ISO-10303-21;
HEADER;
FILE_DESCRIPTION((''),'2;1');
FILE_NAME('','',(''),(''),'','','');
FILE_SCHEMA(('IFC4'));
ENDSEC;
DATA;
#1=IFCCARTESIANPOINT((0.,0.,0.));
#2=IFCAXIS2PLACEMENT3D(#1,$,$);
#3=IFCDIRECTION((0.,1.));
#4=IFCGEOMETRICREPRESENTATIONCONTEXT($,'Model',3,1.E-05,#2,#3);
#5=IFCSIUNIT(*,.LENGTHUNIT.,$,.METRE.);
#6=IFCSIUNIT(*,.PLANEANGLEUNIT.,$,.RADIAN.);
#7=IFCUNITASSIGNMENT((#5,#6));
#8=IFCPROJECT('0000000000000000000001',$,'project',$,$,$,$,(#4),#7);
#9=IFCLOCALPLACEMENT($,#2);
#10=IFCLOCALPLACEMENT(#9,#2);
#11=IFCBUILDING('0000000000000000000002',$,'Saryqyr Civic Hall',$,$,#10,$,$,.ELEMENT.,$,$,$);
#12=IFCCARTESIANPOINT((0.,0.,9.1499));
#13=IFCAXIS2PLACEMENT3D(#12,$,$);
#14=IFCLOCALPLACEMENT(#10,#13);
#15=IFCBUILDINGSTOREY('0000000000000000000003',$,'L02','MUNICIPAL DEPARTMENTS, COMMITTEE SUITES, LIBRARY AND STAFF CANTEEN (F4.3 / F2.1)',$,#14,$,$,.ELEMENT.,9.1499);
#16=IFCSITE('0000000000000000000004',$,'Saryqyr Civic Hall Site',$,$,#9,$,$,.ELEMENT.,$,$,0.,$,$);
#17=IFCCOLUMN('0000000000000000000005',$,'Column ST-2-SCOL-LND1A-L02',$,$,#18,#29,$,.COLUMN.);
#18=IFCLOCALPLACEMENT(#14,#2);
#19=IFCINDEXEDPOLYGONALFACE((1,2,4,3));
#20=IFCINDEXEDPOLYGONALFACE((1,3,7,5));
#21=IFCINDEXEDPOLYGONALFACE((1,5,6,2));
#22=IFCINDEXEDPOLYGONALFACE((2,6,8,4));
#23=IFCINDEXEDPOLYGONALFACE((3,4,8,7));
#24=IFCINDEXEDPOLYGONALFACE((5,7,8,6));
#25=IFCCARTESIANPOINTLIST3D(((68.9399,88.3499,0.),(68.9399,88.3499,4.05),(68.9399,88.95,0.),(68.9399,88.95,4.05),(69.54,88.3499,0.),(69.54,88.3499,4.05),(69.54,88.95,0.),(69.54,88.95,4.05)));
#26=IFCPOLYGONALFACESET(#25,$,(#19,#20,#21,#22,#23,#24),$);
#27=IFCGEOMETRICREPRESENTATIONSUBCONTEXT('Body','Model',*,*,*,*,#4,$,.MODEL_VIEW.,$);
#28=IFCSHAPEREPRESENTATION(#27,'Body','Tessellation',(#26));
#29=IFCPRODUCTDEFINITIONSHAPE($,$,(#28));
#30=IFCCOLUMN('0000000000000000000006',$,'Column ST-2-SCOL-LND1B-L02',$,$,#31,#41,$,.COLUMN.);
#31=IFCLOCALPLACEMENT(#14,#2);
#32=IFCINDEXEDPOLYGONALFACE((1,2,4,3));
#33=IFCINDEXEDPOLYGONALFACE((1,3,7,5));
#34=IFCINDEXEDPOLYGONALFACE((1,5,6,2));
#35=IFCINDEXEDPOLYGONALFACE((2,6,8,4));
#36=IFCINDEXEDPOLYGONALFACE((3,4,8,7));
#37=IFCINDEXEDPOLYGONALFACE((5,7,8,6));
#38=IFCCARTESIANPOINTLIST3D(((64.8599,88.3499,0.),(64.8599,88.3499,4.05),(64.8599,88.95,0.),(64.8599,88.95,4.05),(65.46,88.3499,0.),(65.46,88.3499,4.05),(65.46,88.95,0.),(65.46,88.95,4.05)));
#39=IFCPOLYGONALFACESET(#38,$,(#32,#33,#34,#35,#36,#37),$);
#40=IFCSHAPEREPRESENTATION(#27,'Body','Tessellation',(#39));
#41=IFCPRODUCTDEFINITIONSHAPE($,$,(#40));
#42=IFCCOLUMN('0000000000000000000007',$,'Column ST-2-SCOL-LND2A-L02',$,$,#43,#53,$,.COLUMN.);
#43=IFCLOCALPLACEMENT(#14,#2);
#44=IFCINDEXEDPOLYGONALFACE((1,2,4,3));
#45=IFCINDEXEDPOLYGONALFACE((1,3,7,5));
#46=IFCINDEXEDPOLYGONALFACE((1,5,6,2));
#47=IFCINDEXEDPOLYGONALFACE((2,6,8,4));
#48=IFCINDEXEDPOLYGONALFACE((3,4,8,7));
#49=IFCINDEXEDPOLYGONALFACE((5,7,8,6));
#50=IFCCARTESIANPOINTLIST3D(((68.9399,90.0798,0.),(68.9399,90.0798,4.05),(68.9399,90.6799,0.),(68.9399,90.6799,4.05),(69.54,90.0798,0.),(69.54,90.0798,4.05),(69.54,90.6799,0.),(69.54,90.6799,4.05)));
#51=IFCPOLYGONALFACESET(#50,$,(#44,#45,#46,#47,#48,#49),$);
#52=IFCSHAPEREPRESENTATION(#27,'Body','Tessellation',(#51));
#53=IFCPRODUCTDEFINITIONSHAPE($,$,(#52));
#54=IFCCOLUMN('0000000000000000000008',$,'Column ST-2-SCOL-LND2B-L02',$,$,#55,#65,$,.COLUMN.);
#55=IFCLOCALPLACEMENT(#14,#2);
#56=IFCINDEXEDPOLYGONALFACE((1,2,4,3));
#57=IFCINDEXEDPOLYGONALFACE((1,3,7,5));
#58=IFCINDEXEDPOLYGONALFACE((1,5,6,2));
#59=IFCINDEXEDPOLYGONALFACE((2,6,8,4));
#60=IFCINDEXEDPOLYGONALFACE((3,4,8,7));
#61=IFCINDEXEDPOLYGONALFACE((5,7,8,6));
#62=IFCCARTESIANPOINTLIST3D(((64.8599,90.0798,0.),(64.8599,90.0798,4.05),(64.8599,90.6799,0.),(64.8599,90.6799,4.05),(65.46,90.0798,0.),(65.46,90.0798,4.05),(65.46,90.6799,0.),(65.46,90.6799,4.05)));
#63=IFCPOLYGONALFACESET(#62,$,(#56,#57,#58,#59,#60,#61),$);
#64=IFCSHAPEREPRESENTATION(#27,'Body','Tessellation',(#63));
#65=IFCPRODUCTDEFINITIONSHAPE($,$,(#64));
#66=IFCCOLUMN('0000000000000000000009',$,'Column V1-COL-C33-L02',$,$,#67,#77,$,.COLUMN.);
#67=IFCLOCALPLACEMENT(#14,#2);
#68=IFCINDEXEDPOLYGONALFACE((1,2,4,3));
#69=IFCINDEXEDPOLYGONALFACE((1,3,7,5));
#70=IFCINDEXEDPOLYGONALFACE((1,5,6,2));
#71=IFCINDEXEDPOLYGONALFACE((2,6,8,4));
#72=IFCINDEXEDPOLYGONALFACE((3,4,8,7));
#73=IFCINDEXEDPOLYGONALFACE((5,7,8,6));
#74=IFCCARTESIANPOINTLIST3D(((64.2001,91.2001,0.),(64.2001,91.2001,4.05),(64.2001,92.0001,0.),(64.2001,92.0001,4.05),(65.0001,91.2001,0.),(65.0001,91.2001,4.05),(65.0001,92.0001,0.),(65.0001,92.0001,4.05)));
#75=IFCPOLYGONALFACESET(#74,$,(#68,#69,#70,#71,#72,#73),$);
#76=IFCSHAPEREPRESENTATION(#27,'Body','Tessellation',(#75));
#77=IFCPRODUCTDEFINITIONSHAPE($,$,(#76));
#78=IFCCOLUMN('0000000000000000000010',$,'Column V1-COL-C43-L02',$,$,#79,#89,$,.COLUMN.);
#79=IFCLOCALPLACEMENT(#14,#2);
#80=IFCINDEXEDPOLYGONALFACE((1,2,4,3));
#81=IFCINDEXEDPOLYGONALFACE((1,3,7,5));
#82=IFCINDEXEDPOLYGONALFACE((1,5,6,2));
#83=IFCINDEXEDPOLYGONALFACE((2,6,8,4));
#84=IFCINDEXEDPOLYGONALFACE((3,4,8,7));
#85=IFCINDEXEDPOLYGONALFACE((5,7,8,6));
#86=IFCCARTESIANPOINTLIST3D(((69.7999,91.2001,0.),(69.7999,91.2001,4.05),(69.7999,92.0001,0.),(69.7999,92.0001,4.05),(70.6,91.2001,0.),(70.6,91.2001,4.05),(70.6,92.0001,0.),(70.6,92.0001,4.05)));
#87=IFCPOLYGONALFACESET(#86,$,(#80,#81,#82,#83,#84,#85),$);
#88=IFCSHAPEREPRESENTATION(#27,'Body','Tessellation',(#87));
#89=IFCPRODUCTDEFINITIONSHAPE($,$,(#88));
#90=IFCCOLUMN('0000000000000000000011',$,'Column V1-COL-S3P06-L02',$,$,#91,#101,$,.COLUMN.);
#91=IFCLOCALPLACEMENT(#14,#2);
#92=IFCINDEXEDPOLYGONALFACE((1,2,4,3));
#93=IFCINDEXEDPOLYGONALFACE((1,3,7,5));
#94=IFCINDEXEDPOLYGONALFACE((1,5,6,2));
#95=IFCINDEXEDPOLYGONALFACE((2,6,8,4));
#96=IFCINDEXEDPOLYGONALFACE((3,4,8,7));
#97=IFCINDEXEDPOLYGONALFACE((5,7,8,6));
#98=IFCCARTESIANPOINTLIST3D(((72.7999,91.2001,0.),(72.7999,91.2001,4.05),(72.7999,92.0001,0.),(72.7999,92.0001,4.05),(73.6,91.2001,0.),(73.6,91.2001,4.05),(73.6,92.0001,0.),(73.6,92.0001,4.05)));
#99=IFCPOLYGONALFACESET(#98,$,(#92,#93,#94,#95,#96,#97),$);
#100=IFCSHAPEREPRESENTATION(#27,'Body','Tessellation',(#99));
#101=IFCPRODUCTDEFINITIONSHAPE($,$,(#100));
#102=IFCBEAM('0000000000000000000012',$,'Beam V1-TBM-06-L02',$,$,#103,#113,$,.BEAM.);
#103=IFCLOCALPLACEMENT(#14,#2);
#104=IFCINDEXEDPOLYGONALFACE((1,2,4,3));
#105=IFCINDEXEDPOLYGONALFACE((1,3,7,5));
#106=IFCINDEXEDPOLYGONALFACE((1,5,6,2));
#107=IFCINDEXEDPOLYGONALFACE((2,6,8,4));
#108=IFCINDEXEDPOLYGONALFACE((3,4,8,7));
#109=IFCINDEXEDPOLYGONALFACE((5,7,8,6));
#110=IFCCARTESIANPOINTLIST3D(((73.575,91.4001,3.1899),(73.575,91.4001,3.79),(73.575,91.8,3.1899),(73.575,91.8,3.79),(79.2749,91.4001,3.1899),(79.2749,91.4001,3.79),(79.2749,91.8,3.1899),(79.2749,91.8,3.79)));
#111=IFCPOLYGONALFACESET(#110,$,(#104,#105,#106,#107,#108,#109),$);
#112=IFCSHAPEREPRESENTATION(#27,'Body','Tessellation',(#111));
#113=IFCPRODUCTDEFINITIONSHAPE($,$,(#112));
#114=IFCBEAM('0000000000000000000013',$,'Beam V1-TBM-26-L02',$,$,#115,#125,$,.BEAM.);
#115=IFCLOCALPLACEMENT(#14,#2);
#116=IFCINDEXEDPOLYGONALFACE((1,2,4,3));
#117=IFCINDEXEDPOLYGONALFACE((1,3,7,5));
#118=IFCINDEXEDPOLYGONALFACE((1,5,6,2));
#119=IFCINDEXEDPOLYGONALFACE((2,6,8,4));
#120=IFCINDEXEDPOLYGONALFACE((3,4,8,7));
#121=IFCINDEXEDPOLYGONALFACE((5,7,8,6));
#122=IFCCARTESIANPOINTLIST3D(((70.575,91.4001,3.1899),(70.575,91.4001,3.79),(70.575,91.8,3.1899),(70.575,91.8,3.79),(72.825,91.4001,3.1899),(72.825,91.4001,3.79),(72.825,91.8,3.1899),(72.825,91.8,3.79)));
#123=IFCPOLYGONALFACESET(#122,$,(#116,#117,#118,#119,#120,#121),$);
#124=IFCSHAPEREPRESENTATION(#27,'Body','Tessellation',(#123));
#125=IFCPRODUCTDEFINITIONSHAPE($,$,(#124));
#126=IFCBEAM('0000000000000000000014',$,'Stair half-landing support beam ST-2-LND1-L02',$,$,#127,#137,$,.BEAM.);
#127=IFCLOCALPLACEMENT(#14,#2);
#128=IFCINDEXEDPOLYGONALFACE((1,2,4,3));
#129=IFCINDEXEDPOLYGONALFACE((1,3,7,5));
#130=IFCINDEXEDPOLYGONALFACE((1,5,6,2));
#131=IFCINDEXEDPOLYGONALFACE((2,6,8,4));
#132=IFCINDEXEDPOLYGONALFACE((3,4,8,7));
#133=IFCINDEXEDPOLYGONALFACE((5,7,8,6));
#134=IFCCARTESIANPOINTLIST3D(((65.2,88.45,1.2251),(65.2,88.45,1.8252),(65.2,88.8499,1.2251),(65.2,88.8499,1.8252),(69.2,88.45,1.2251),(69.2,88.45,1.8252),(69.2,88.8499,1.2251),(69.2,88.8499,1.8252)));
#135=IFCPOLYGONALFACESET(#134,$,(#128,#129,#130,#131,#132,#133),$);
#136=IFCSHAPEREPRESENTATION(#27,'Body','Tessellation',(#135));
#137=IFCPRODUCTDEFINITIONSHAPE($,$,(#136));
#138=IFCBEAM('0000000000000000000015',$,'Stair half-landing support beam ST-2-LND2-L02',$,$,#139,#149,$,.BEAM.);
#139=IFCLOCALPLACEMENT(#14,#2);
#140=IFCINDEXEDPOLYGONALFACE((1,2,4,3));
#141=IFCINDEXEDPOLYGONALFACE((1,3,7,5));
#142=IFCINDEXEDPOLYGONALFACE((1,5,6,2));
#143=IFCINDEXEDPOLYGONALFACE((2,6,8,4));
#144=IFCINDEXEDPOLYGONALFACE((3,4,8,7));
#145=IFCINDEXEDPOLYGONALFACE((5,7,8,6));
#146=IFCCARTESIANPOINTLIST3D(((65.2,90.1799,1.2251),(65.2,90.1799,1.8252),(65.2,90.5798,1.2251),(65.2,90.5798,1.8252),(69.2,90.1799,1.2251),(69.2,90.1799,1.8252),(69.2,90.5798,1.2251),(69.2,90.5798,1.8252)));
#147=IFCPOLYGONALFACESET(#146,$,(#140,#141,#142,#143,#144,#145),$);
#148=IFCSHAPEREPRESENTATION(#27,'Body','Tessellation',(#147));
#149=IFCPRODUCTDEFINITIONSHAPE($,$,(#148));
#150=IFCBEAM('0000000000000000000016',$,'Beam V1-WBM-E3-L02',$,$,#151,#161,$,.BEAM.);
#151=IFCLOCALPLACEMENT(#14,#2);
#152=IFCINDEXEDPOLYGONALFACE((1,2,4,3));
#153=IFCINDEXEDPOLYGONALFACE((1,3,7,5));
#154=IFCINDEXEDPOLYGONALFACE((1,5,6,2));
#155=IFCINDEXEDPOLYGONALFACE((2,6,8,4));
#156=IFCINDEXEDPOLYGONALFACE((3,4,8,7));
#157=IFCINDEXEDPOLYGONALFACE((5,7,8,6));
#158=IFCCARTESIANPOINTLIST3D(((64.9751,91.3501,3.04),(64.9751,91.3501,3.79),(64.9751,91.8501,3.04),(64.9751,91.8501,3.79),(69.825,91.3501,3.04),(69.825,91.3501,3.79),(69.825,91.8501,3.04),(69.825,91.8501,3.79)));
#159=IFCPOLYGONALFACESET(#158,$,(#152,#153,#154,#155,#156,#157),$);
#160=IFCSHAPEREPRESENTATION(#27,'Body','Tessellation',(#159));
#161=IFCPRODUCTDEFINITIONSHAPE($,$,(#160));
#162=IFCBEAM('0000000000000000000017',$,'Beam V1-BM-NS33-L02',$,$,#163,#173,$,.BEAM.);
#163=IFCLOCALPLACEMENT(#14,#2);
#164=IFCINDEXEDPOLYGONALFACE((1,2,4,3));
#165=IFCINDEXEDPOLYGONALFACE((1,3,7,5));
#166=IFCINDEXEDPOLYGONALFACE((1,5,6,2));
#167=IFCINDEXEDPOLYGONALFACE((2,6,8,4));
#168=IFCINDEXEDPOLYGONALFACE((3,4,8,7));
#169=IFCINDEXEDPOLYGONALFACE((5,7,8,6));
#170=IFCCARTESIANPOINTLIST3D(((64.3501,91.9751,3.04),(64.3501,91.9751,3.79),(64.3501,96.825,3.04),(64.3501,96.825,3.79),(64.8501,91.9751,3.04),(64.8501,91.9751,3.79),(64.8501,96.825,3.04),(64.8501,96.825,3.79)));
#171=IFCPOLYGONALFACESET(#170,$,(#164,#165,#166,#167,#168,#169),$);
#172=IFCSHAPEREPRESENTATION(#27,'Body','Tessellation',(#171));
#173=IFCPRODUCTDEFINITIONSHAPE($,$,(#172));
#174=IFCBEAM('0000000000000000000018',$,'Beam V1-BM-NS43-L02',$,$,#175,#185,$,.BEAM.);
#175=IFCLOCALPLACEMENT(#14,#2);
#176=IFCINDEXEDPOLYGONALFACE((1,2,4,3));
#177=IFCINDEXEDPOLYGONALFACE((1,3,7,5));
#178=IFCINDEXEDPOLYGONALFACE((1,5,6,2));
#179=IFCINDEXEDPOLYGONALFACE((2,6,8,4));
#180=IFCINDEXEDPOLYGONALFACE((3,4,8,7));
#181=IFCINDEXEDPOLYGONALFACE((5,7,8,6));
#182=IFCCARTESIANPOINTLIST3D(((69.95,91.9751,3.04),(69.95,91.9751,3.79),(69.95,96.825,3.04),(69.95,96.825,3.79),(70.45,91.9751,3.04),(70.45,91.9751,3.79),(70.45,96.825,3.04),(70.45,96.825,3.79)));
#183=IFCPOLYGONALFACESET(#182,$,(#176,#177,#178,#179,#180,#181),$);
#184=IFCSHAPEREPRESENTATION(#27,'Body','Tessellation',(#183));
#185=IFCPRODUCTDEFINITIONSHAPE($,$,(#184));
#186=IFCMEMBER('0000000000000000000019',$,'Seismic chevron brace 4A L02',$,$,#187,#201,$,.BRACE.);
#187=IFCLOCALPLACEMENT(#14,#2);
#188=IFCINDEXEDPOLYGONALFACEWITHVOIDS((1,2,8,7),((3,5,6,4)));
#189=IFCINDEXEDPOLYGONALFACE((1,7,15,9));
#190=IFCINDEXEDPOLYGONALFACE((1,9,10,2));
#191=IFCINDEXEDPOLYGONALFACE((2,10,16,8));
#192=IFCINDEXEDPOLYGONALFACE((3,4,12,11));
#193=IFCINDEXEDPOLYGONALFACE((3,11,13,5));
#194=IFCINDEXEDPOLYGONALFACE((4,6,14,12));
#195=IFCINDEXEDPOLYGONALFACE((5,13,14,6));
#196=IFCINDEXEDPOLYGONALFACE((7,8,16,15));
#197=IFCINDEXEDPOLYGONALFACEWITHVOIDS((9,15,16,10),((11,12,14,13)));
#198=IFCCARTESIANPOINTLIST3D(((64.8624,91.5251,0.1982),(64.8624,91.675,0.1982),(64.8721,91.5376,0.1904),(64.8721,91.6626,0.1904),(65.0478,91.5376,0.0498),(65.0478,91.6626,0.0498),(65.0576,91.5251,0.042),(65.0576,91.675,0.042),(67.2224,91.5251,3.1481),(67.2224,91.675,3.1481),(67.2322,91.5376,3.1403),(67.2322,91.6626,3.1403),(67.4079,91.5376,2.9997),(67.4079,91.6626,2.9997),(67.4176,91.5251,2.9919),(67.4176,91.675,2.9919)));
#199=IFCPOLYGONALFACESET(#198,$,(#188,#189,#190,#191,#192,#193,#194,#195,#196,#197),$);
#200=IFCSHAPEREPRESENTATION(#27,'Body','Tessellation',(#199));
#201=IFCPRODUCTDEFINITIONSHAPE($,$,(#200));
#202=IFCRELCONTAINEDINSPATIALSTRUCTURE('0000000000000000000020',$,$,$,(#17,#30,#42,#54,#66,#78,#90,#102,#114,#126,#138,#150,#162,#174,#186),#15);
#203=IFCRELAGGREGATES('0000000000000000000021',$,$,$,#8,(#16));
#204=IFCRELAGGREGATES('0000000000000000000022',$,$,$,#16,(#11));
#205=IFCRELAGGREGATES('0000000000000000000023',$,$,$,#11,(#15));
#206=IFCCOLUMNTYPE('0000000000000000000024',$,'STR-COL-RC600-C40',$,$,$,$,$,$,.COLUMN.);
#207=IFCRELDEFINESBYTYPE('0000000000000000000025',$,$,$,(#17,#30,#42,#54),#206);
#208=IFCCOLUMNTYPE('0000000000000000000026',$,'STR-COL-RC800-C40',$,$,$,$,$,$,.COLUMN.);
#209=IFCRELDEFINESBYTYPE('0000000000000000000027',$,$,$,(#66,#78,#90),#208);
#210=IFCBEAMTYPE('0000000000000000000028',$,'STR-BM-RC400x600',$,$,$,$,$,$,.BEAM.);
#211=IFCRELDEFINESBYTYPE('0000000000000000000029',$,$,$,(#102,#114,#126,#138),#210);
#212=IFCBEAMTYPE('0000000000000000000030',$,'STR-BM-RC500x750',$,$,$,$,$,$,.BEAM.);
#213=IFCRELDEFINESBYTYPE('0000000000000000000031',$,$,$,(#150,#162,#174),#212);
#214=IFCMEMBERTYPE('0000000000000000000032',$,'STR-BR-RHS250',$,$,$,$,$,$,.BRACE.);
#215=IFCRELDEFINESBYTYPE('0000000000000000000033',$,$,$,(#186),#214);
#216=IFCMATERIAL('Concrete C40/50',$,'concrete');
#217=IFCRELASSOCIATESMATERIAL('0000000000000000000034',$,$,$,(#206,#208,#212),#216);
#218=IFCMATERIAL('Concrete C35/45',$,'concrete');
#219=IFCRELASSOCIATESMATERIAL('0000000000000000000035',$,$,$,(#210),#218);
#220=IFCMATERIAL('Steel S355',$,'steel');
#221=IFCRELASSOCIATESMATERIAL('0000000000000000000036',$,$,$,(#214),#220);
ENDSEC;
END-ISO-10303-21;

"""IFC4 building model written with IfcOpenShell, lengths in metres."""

from ifc_helpers import new_model, si_unit, direction, frame, origin, origin_2d, place, context, subcontext, project, spatial, rectangle, hollow_rectangle, extrude, material, material_profile, profile_set, type_object, element, save


model = new_model("IFC4")

# Units and contexts
model_context = context("Model", 3, precision=1e-05, world=origin(), true_north=direction((0.0, 1.0)))
body_context = subcontext(model_context, "Body", "Model", "MODEL_VIEW")
ifc_project = project(units=[si_unit("LENGTHUNIT", "METRE"), si_unit("PLANEANGLEUNIT", "RADIAN")], contexts=[model_context])

# Site, building, storey
site_placement = place(None, origin())
site = spatial("IfcSite", under=ifc_project, at=site_placement, Name="Saryqyr Civic Hall Site", CompositionType="ELEMENT", RefElevation=0.0)
building_placement = place(site_placement, origin())
building = spatial("IfcBuilding", under=site, at=building_placement, Name="Saryqyr Civic Hall", CompositionType="ELEMENT")
storey_placement = place(building_placement, frame((0.0, 0.0, 9.1499)))
storey = spatial("IfcBuildingStorey", under=building, at=storey_placement, Name="L02", Description="MUNICIPAL DEPARTMENTS, COMMITTEE SUITES, LIBRARY AND STAFF CANTEEN (F4.3 / F2.1)", CompositionType="ELEMENT", Elevation=9.1499)

# Columns
ifc_material_1 = material(Name="Concrete C40/50", Category="concrete")
ifc_material_profile_1 = material_profile(ifc_material_1, rectangle(XDim=0.6001, YDim=0.6001, at=origin_2d()), Name="RC 600x600")
ifc_profile_set_1 = profile_set([ifc_material_profile_1], Name="Concrete C40/50")
column_type_1 = type_object("IfcColumnType", Name="STR-COL-RC600-C40", PredefinedType="COLUMN", material=ifc_profile_set_1)
for number, where, z_axis, x_axis, name in (
    (1, (69.24, 88.6499, 0.0), (0.0, 0.0, 1.0), (1.0, 0.0, 0.0), "Column ST-2-SCOL-LND1A-L02"),
    (2, (65.1599, 88.6499, 0.0), (0.0, 0.0, 1.0), (1.0, 0.0, 0.0), "Column ST-2-SCOL-LND1B-L02"),
    (3, (69.24, 90.3799, 0.0), (0.0, 0.0, 1.0), (1.0, 0.0, 0.0), "Column ST-2-SCOL-LND2A-L02"),
    (4, (65.1599, 90.3799, 0.0), (0.0, 0.0, 1.0), (1.0, 0.0, 0.0), "Column ST-2-SCOL-LND2B-L02"),
):
    element("IfcColumn", number, at=place(storey_placement, frame(where, z_axis=z_axis, x_axis=x_axis)), inside=storey, type_object=column_type_1, Name=name, PredefinedType="COLUMN", context=body_context, shape_type="SweptSolid", body=[
        extrude(rectangle(XDim=0.6001, YDim=0.6001, at=origin_2d()), origin(), (0.0, 0.0, 1.0), 4.05),
    ])
ifc_material_profile_2 = material_profile(ifc_material_1, rectangle(XDim=0.8, YDim=0.8, at=origin_2d()), Name="RC 800x800")
ifc_profile_set_2 = profile_set([ifc_material_profile_2], Name="Concrete C40/50")
column_type_2 = type_object("IfcColumnType", Name="STR-COL-RC800-C40", PredefinedType="COLUMN", material=ifc_profile_set_2)
for number, where, z_axis, x_axis, name in (
    (5, (64.6001, 91.6001, 0.0), (0.0, 0.0, 1.0), (1.0, 0.0, 0.0), "Column V1-COL-C33-L02"),
    (6, (70.2, 91.6001, 0.0), (0.0, 0.0, 1.0), (1.0, 0.0, 0.0), "Column V1-COL-C43-L02"),
    (7, (73.2, 91.6001, 0.0), (0.0, 0.0, 1.0), (1.0, 0.0, 0.0), "Column V1-COL-S3P06-L02"),
):
    element("IfcColumn", number, at=place(storey_placement, frame(where, z_axis=z_axis, x_axis=x_axis)), inside=storey, type_object=column_type_2, Name=name, PredefinedType="COLUMN", context=body_context, shape_type="SweptSolid", body=[
        extrude(rectangle(XDim=0.8, YDim=0.8, at=origin_2d()), origin(), (0.0, 0.0, 1.0), 4.05),
    ])

# Beams
ifc_material_2 = material(Name="Concrete C35/45", Category="concrete")
ifc_material_profile_3 = material_profile(ifc_material_2, rectangle(XDim=0.3999, YDim=0.6001, at=origin_2d()), Name="RC 400x600")
ifc_profile_set_3 = profile_set([ifc_material_profile_3], Name="Concrete C35/45")
beam_type_1 = type_object("IfcBeamType", Name="STR-BM-RC400x600", PredefinedType="BEAM", material=ifc_profile_set_3)
beam_1_placement = place(storey_placement, frame((73.575, 91.6001, 3.49), z_axis=(1.0, 0.0, 0.0), x_axis=(0.0, 1.0, 0.0)))
element("IfcBeam", 8, at=beam_1_placement, inside=storey, type_object=beam_type_1, Name="Beam V1-TBM-06-L02", PredefinedType="BEAM", context=body_context, shape_type="SweptSolid", body=[
    extrude(rectangle(XDim=0.3999, YDim=0.6001, at=origin_2d()), origin(), (0.0, 0.0, 1.0), 5.7),
])
beam_2_placement = place(storey_placement, frame((70.575, 91.6001, 3.49), z_axis=(1.0, 0.0, 0.0), x_axis=(0.0, 1.0, 0.0)))
element("IfcBeam", 9, at=beam_2_placement, inside=storey, type_object=beam_type_1, Name="Beam V1-TBM-26-L02", PredefinedType="BEAM", context=body_context, shape_type="SweptSolid", body=[
    extrude(rectangle(XDim=0.3999, YDim=0.6001, at=origin_2d()), origin(), (0.0, 0.0, 1.0), 2.25),
])
for number, where, z_axis, x_axis, name in (
    (10, (69.2, 88.6499, 1.5251), (-1.0, 0.0, 0.0), (0.0, -1.0, 0.0), "Stair half-landing support beam ST-2-LND1-L02"),
    (11, (69.2, 90.3799, 1.5251), (-1.0, 0.0, 0.0), (0.0, -1.0, 0.0), "Stair half-landing support beam ST-2-LND2-L02"),
):
    element("IfcBeam", number, at=place(storey_placement, frame(where, z_axis=z_axis, x_axis=x_axis)), inside=storey, type_object=beam_type_1, Name=name, PredefinedType="BEAM", context=body_context, shape_type="SweptSolid", body=[
        extrude(rectangle(XDim=0.3999, YDim=0.6001, at=origin_2d()), origin(), (0.0, 0.0, 1.0), 4.0),
    ])
ifc_material_profile_4 = material_profile(ifc_material_1, rectangle(XDim=0.5, YDim=0.75, at=origin_2d()), Name="RC 500x750")
ifc_profile_set_4 = profile_set([ifc_material_profile_4], Name="Concrete C40/50")
beam_type_2 = type_object("IfcBeamType", Name="STR-BM-RC500x750", PredefinedType="BEAM", material=ifc_profile_set_4)
for number, where, z_axis, x_axis, name in (
    (12, (64.9751, 91.6001, 3.415), (1.0, 0.0, 0.0), (0.0, 1.0, 0.0), "Beam V1-WBM-E3-L02"),
    (13, (64.6001, 91.9751, 3.415), (0.0, 1.0, 0.0), (-1.0, 0.0, 0.0), "Beam V1-BM-NS33-L02"),
    (14, (70.2, 91.9751, 3.415), (0.0, 1.0, 0.0), (-1.0, 0.0, 0.0), "Beam V1-BM-NS43-L02"),
):
    element("IfcBeam", number, at=place(storey_placement, frame(where, z_axis=z_axis, x_axis=x_axis)), inside=storey, type_object=beam_type_2, Name=name, PredefinedType="BEAM", context=body_context, shape_type="SweptSolid", body=[
        extrude(rectangle(XDim=0.5, YDim=0.75, at=origin_2d()), origin(), (0.0, 0.0, 1.0), 4.8499),
    ])

# Member
ifc_material_3 = material(Name="Steel S355", Category="steel")
ifc_material_profile_5 = material_profile(ifc_material_3, hollow_rectangle(XDim=0.1499, YDim=0.25, WallThickness=0.0125, at=origin_2d()), Name="RHS 250x150x12.5")
ifc_profile_set_5 = profile_set([ifc_material_profile_5], Name="Steel S355")
member_type = type_object("IfcMemberType", Name="STR-BR-RHS250", PredefinedType="BRACE", material=ifc_profile_set_5)
for number, where, z_axis, x_axis, name in (
    (15, (64.96, 91.6001, 0.1201), (0.624719, 0.0, 0.78085), (0.0, 1.0, 0.0), "Seismic chevron brace 4A L02"),
):
    element("IfcMember", number, at=place(storey_placement, frame(where, z_axis=z_axis, x_axis=x_axis)), inside=storey, type_object=member_type, Name=name, PredefinedType="BRACE", context=body_context, shape_type="SweptSolid", body=[
        extrude(hollow_rectangle(XDim=0.1499, YDim=0.25, WallThickness=0.0125, at=origin_2d()), origin(), (0.0, 0.0, 1.0), 3.7778),
    ])

save(model, "model.ifc")
